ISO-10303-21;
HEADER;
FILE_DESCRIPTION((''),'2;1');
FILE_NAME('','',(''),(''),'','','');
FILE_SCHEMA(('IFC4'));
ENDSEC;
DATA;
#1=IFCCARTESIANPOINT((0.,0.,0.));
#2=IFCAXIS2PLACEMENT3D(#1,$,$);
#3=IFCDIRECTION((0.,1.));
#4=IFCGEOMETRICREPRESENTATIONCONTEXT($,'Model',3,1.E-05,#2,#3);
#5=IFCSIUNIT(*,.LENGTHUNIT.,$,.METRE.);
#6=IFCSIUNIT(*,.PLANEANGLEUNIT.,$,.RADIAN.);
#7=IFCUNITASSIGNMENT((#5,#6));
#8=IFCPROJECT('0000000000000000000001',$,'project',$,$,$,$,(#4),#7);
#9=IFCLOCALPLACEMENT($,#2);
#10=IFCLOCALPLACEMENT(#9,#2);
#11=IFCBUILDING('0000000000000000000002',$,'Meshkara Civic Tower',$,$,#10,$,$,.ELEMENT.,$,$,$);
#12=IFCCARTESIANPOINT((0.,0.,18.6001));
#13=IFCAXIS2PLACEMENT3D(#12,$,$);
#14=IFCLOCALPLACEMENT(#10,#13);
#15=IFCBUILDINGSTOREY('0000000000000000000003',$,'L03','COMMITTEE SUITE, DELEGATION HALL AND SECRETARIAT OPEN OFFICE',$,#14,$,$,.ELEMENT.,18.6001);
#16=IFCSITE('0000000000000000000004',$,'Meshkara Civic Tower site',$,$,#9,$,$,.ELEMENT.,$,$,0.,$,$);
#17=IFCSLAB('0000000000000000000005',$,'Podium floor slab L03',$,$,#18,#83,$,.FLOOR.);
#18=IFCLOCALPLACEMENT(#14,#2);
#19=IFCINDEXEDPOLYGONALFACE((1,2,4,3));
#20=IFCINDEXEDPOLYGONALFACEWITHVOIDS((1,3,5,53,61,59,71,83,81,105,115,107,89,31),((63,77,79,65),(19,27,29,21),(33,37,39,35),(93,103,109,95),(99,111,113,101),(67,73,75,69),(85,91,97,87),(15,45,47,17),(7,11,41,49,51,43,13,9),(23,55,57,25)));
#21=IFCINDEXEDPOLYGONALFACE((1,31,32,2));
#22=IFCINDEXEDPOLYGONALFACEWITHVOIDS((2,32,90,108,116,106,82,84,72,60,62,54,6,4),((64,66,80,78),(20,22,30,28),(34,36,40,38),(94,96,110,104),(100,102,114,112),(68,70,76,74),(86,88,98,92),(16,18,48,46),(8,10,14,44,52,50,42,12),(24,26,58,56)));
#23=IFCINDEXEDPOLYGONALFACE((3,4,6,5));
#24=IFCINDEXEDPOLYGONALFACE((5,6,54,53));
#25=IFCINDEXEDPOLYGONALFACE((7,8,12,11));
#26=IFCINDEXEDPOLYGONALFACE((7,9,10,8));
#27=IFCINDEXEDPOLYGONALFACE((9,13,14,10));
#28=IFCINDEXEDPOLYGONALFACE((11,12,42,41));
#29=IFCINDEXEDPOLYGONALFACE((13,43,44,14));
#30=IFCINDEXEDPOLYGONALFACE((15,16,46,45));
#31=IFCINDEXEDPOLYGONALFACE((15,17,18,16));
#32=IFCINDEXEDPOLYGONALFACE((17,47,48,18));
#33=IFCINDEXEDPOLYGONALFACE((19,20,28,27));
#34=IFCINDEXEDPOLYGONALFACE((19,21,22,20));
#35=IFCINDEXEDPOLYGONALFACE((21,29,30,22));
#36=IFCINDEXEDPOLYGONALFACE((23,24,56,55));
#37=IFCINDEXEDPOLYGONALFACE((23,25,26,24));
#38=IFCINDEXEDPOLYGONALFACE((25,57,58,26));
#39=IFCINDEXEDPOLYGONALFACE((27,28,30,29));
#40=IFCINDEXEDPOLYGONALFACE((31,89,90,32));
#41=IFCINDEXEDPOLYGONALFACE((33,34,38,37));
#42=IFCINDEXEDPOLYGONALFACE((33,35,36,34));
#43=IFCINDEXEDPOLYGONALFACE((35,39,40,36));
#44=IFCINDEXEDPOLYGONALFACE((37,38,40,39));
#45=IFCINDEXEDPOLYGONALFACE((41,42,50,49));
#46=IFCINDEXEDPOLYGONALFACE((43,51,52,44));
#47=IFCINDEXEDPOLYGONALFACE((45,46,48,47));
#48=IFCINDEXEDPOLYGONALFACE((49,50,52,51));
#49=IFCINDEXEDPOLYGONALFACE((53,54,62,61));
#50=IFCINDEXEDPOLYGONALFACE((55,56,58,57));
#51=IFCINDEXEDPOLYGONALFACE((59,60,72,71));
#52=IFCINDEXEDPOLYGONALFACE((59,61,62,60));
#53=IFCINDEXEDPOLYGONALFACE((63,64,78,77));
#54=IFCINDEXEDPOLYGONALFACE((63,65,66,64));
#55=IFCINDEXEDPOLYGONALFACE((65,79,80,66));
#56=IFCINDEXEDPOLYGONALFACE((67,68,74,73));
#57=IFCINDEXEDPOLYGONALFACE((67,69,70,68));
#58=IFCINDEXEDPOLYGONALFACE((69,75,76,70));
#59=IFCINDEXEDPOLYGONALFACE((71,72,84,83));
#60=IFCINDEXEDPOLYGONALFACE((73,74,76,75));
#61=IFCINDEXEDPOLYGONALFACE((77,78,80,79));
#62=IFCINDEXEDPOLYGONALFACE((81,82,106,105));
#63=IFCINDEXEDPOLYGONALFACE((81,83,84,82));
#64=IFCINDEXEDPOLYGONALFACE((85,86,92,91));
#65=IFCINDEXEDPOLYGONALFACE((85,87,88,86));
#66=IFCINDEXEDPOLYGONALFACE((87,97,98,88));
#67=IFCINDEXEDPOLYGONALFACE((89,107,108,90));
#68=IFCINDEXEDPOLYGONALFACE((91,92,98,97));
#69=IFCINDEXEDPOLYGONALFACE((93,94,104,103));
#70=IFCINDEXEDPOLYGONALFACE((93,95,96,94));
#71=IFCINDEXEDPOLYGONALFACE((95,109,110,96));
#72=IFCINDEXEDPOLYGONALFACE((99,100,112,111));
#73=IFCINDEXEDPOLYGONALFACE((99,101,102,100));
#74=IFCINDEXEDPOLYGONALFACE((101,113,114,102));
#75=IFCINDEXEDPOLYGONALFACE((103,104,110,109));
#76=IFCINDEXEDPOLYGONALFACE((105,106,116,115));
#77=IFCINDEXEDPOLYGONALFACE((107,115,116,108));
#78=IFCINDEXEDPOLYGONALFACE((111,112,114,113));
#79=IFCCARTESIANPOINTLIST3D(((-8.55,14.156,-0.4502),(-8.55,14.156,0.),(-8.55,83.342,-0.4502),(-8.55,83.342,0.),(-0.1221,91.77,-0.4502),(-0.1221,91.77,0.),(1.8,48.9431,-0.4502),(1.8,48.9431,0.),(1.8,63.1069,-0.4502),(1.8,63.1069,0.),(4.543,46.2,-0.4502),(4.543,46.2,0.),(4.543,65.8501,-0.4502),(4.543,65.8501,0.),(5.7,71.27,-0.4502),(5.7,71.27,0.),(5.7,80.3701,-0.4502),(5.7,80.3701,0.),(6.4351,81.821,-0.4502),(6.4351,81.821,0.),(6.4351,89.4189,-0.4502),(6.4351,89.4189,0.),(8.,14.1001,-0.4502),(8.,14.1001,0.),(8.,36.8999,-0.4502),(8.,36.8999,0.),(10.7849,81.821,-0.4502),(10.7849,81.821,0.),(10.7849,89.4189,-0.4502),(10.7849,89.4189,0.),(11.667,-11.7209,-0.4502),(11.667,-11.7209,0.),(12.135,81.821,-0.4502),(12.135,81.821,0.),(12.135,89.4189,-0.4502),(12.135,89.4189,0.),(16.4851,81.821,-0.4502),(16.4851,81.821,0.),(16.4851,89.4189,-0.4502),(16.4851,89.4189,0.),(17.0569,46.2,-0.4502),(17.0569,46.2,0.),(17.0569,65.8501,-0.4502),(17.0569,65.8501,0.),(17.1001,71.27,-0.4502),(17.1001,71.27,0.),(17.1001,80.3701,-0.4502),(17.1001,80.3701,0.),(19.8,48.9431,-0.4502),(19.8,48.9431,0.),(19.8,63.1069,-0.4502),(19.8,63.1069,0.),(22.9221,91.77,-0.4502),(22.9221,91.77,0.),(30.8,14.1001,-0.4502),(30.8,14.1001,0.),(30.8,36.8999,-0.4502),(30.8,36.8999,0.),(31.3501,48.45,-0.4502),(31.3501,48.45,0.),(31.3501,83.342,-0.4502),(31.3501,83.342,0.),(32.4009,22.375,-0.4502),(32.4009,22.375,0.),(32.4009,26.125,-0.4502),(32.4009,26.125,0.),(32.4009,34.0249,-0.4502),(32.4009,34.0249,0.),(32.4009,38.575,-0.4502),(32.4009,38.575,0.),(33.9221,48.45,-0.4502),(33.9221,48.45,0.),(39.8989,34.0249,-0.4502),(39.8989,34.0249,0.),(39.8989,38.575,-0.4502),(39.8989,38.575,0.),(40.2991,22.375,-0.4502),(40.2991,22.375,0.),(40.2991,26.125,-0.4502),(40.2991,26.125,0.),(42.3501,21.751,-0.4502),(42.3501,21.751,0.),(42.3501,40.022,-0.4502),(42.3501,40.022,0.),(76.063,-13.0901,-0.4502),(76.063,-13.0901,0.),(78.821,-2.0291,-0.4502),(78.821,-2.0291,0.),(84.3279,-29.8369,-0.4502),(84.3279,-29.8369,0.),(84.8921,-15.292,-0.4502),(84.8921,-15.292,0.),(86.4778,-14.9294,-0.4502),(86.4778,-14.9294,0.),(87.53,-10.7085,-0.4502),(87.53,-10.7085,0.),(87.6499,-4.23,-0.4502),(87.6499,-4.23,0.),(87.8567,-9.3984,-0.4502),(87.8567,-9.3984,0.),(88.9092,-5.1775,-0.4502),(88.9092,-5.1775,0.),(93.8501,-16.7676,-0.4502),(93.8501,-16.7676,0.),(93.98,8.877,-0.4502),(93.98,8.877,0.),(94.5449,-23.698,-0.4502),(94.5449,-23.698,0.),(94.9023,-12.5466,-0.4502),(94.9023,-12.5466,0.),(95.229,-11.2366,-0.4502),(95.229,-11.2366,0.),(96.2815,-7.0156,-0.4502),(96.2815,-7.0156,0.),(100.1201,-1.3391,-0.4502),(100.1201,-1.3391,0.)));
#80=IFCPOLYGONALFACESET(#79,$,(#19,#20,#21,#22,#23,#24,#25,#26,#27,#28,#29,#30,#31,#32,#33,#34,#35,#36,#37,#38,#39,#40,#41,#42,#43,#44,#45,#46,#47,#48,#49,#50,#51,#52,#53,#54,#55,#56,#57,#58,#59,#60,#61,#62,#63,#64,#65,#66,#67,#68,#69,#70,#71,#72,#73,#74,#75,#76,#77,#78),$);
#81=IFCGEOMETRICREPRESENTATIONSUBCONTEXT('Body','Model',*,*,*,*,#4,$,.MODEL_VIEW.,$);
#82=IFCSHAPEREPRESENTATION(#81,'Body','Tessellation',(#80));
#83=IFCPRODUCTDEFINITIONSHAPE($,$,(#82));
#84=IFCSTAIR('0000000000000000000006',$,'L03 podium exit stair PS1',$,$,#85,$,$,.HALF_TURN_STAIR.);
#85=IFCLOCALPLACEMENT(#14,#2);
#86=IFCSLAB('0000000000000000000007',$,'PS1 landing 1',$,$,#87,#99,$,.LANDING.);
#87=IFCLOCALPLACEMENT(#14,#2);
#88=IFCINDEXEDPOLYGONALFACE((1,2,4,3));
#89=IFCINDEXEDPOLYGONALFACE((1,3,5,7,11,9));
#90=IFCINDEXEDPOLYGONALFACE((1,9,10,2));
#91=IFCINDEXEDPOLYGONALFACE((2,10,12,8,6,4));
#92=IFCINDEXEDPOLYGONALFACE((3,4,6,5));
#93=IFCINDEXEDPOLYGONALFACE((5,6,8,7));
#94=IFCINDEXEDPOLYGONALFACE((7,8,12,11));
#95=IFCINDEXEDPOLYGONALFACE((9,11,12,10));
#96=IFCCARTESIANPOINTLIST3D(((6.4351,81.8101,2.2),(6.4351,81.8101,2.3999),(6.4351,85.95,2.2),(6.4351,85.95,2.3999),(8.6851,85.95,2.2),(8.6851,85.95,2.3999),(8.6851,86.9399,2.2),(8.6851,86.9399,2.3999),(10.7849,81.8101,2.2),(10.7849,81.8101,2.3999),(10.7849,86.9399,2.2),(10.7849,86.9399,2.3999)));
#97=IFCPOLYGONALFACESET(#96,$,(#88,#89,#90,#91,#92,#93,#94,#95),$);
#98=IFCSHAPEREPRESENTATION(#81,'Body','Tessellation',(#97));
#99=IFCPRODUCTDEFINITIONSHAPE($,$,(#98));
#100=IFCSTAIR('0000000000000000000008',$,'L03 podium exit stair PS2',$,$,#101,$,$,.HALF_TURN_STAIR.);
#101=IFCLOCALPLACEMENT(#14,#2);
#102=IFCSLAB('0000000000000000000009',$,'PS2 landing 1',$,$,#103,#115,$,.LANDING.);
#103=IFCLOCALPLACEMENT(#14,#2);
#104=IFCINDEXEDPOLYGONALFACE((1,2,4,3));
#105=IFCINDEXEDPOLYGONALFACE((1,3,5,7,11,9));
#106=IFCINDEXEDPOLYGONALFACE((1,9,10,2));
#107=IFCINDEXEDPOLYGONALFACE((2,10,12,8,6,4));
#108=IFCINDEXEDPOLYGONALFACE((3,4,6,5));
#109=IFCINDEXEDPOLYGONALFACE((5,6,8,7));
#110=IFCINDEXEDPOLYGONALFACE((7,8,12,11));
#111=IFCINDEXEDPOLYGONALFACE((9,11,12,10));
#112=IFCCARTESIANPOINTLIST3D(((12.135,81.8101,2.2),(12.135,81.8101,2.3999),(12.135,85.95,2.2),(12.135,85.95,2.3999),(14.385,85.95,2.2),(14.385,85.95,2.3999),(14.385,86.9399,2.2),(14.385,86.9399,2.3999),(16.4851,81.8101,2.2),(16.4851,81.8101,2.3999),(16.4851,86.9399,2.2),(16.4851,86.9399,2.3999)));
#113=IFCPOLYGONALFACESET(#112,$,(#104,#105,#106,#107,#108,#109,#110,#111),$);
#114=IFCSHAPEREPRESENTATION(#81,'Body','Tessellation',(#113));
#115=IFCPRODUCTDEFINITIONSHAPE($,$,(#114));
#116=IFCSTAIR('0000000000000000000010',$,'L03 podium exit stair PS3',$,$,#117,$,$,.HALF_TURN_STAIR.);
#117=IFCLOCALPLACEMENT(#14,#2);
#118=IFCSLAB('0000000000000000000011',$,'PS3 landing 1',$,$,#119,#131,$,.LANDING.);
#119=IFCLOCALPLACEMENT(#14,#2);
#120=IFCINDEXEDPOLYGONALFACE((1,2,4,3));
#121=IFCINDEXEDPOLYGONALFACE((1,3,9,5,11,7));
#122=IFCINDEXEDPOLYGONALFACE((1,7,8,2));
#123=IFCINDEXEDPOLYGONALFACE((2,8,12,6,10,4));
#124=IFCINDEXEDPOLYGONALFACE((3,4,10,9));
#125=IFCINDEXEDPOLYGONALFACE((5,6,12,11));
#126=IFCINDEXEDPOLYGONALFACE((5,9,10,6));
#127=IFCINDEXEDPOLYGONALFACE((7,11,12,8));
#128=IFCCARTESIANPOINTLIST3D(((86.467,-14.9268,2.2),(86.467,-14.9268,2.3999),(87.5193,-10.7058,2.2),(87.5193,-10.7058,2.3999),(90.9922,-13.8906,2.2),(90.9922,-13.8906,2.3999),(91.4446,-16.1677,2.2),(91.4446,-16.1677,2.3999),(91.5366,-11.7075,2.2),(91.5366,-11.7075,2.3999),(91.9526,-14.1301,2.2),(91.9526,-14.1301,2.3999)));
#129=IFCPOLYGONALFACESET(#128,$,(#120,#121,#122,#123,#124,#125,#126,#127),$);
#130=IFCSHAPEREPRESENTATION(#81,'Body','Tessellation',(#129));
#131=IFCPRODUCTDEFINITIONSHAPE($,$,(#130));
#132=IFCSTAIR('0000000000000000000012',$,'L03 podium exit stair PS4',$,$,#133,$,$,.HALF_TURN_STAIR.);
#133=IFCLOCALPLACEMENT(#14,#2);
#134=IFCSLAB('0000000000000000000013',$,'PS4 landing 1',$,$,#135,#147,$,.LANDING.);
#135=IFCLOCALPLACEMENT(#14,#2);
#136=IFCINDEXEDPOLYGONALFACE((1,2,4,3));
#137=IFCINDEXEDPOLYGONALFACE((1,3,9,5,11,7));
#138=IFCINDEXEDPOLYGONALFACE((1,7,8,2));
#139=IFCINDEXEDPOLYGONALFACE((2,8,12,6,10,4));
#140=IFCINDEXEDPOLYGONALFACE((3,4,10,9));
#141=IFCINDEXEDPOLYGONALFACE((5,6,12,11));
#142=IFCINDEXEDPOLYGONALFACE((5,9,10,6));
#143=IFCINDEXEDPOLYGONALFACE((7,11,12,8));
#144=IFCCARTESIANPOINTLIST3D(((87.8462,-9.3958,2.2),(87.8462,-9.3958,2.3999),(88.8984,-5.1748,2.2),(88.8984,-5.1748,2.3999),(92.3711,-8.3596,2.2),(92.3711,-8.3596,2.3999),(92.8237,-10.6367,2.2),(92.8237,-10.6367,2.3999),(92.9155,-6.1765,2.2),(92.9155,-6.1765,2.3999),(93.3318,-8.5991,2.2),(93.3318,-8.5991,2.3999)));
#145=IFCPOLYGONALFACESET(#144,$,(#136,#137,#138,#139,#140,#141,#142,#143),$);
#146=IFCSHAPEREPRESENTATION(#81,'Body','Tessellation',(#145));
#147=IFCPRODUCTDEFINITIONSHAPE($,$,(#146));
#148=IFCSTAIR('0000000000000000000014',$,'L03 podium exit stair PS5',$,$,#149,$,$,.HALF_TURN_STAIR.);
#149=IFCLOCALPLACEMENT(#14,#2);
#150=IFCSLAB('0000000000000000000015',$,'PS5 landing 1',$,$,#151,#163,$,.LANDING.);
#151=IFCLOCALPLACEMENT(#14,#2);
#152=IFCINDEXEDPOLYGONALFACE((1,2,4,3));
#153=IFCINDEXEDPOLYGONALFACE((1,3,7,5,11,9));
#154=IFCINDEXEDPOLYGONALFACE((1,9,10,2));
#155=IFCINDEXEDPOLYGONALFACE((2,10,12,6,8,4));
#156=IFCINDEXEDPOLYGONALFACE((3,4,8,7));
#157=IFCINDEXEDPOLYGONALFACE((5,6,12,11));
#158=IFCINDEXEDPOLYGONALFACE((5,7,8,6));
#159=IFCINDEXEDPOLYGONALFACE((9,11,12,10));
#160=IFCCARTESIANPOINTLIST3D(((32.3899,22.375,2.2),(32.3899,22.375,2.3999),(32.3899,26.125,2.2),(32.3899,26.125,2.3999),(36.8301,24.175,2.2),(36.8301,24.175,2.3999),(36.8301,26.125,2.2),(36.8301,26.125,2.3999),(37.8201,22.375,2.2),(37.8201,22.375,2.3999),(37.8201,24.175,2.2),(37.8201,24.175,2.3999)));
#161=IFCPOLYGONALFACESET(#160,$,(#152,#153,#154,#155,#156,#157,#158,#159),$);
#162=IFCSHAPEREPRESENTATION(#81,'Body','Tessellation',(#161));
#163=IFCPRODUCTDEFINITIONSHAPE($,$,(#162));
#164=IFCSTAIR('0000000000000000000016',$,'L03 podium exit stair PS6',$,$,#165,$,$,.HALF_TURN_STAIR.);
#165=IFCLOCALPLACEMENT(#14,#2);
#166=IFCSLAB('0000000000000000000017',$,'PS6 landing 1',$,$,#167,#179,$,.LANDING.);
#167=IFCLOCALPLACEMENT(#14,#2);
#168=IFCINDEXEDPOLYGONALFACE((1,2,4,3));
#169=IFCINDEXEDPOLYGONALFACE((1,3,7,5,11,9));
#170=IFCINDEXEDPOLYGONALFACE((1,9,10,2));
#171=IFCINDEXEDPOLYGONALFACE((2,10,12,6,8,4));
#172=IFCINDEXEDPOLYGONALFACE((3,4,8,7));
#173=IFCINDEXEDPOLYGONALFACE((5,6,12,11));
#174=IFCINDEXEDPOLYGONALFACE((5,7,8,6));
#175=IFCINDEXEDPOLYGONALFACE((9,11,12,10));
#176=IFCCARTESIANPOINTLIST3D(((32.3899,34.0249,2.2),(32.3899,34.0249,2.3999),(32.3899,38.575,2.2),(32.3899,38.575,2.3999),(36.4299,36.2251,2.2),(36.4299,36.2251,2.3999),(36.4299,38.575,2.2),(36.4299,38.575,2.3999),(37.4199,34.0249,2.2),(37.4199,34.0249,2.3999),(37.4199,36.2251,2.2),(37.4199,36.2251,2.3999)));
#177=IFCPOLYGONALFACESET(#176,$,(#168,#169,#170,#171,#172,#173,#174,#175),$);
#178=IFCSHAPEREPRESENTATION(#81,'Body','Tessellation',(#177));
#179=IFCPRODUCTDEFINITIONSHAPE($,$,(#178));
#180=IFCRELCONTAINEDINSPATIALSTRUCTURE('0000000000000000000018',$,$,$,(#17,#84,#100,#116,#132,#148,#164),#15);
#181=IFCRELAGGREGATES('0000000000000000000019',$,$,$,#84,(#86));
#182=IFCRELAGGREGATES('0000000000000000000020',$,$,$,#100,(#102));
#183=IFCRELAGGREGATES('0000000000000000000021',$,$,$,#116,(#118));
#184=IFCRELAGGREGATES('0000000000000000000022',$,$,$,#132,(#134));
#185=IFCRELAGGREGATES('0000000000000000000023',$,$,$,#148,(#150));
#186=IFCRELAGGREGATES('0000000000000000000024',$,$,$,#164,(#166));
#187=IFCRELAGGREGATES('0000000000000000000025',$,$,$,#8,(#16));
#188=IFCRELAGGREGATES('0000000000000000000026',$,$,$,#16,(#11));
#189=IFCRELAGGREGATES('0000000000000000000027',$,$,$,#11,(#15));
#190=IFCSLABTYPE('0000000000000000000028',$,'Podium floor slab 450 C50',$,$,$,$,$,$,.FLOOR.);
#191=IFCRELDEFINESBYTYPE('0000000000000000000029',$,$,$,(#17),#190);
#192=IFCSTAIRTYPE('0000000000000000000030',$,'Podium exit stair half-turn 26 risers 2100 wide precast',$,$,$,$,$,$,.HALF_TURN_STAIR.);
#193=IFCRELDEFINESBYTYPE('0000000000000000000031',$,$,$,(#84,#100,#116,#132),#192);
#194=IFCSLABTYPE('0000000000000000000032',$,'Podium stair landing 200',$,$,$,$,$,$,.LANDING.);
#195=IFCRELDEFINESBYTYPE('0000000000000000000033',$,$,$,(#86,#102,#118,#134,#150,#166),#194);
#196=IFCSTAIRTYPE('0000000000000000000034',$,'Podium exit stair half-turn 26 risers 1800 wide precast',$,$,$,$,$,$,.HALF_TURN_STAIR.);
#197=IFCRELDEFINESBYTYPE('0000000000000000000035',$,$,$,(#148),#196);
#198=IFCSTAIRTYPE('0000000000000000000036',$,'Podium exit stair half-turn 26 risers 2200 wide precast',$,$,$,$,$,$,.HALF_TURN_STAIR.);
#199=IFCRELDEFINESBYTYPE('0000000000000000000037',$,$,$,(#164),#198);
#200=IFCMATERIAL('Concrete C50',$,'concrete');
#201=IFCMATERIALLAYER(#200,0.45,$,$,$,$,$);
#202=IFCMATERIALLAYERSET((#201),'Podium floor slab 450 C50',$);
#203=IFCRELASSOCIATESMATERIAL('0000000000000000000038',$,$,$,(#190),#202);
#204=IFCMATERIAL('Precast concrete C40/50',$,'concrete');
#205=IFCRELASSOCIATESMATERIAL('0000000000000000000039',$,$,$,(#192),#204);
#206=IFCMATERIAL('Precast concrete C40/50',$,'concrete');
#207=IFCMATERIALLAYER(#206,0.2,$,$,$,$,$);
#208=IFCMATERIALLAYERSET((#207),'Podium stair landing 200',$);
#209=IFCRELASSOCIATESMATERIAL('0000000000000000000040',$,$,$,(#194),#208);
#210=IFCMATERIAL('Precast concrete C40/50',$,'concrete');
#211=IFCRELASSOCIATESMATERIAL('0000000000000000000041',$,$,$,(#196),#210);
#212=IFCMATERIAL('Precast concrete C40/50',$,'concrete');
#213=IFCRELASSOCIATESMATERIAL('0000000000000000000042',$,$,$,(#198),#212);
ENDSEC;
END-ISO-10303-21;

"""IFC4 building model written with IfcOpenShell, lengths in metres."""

from ifc_helpers import new_model, si_unit, direction, frame, origin, place, context, subcontext, project, spatial, polyline, outline, extrude, material, layer, layer_set, type_object, element, aggregate, save


model = new_model("IFC4")

# Units and contexts
model_context = context("Model", 3, precision=1e-05, world=origin(), true_north=direction((0.0, 1.0)))
body_context = subcontext(model_context, "Body", "Model", "MODEL_VIEW")
ifc_project = project(units=[si_unit("LENGTHUNIT", "METRE"), si_unit("PLANEANGLEUNIT", "RADIAN")], contexts=[model_context])

# Site, building, storey
site_placement = place(None, origin())
site = spatial("IfcSite", under=ifc_project, at=site_placement, Name="Meshkara Civic Tower site", CompositionType="ELEMENT", RefElevation=0.0)
building_placement = place(site_placement, origin())
building = spatial("IfcBuilding", under=site, at=building_placement, Name="Meshkara Civic Tower", CompositionType="ELEMENT")
storey_placement = place(building_placement, frame((0.0, 0.0, 18.6001)))
storey = spatial("IfcBuildingStorey", under=building, at=storey_placement, Name="L03", Description="COMMITTEE SUITE, DELEGATION HALL AND SECRETARIAT OPEN OFFICE", CompositionType="ELEMENT", Elevation=18.6001)

# Slab
ifc_material_1 = material(Name="Concrete C50", Category="concrete")
ifc_layer_1 = layer(ifc_material_1, 0.45)
ifc_layer_set_1 = layer_set([ifc_layer_1], Name="Podium floor slab 450 C50")
slab_type_1 = type_object("IfcSlabType", Name="Podium floor slab 450 C50", PredefinedType="FLOOR", material=ifc_layer_set_1)
slab_1_placement = place(storey_placement, frame((0.0, 0.0, -0.4502)))
element("IfcSlab", 1, at=slab_1_placement, inside=storey, type_object=slab_type_1, Name="Podium floor slab L03", PredefinedType="FLOOR", context=body_context, shape_type="SweptSolid", body=[
    extrude(outline(polyline([(33.9221, 48.45), (42.3501, 40.022), (42.3501, 21.751), (93.98, 8.877), (100.1201, -1.3391), (94.5449, -23.698), (84.3279, -29.8369), (11.667, -11.7209), (-8.55, 14.156), (-8.55, 83.342), (-0.1221, 91.77), (22.9221, 91.77), (31.3501, 83.342), (31.3501, 48.45), (33.9221, 48.45)]), holes=[polyline([(30.8, 14.1001), (30.8, 36.8999), (8.0, 36.8999), (8.0, 14.1001), (30.8, 14.1001)]), polyline([(1.8, 48.9431), (4.543, 46.2), (17.0569, 46.2), (19.8, 48.9431), (19.8, 63.1069), (17.0569, 65.8501), (4.543, 65.8501), (1.8, 63.1069), (1.8, 48.9431)]), polyline([(5.7, 80.3701), (5.7, 71.27), (17.1001, 71.27), (17.1001, 80.3701), (5.7, 80.3701)]), polyline([(10.7849, 81.821), (10.7849, 89.4189), (6.4351, 89.4189), (6.4351, 81.821), (10.7849, 81.821)]), polyline([(16.4851, 89.4189), (12.135, 89.4189), (12.135, 81.821), (16.4851, 81.821), (16.4851, 89.4189)]), polyline([(86.4778, -14.9294), (93.8501, -16.7676), (94.9023, -12.5466), (87.53, -10.7085), (86.4778, -14.9294)]), polyline([(87.6499, -4.23), (78.821, -2.0291), (76.063, -13.0901), (84.8921, -15.292), (87.6499, -4.23)]), polyline([(87.8567, -9.3984), (95.229, -11.2366), (96.2815, -7.0156), (88.9092, -5.1775), (87.8567, -9.3984)]), polyline([(32.4009, 22.375), (40.2991, 22.375), (40.2991, 26.125), (32.4009, 26.125), (32.4009, 22.375)]), polyline([(32.4009, 34.0249), (39.8989, 34.0249), (39.8989, 38.575), (32.4009, 38.575), (32.4009, 34.0249)])]), origin(), (0.0, 0.0, 1.0), 0.4502),
])

# Stairs, slabs
ifc_material_2 = material(Name="Precast concrete C40/50", Category="concrete")
stair_type_1 = type_object("IfcStairType", Name="Podium exit stair half-turn 26 risers 2100 wide precast", PredefinedType="HALF_TURN_STAIR", material=ifc_material_2)
stair_1_placement = place(storey_placement, origin())
stair_1 = element("IfcStair", 2, at=stair_1_placement, inside=storey, type_object=stair_type_1, Name="L03 podium exit stair PS1", PredefinedType="HALF_TURN_STAIR")
ifc_material_3 = material(Name="Precast concrete C40/50", Category="concrete")
ifc_layer_2 = layer(ifc_material_3, 0.2)
ifc_layer_set_2 = layer_set([ifc_layer_2], Name="Podium stair landing 200")
slab_type_2 = type_object("IfcSlabType", Name="Podium stair landing 200", PredefinedType="LANDING", material=ifc_layer_set_2)
slab_2_placement = place(storey_placement, frame((0.0, 0.0, 2.2)))
slab_2 = element("IfcSlab", 3, at=slab_2_placement, type_object=slab_type_2, Name="PS1 landing 1", PredefinedType="LANDING", context=body_context, shape_type="SweptSolid", body=[
    extrude(outline(polyline([(10.7849, 81.8101), (6.4351, 81.8101), (6.4351, 85.95), (8.6851, 85.95), (8.6851, 86.9399), (10.7849, 86.9399), (10.7849, 81.8101)])), origin(), (0.0, 0.0, 1.0), 0.2),
])
aggregate(stair_1, [slab_2])
stair_2_placement = place(storey_placement, origin())
stair_2 = element("IfcStair", 4, at=stair_2_placement, inside=storey, type_object=stair_type_1, Name="L03 podium exit stair PS2", PredefinedType="HALF_TURN_STAIR")
slab_3_placement = place(storey_placement, frame((0.0, 0.0, 2.2)))
slab_3 = element("IfcSlab", 5, at=slab_3_placement, type_object=slab_type_2, Name="PS2 landing 1", PredefinedType="LANDING", context=body_context, shape_type="SweptSolid", body=[
    extrude(outline(polyline([(16.4851, 81.8101), (12.135, 81.8101), (12.135, 85.95), (14.385, 85.95), (14.385, 86.9399), (16.4851, 86.9399), (16.4851, 81.8101)])), origin(), (0.0, 0.0, 1.0), 0.2),
])
aggregate(stair_2, [slab_3])
stair_3_placement = place(storey_placement, origin())
stair_3 = element("IfcStair", 6, at=stair_3_placement, inside=storey, type_object=stair_type_1, Name="L03 podium exit stair PS3", PredefinedType="HALF_TURN_STAIR")
slab_4_placement = place(storey_placement, frame((0.0, 0.0, 2.2)))
slab_4 = element("IfcSlab", 7, at=slab_4_placement, type_object=slab_type_2, Name="PS3 landing 1", PredefinedType="LANDING", context=body_context, shape_type="SweptSolid", body=[
    extrude(outline(polyline([(91.9526, -14.1301), (91.4446, -16.1677), (86.467, -14.9268), (87.5193, -10.7058), (91.5366, -11.7075), (90.9922, -13.8906), (91.9526, -14.1301)])), origin(), (0.0, 0.0, 1.0), 0.2),
])
aggregate(stair_3, [slab_4])
stair_4_placement = place(storey_placement, origin())
stair_4 = element("IfcStair", 8, at=stair_4_placement, inside=storey, type_object=stair_type_1, Name="L03 podium exit stair PS4", PredefinedType="HALF_TURN_STAIR")
slab_5_placement = place(storey_placement, frame((0.0, 0.0, 2.2)))
slab_5 = element("IfcSlab", 9, at=slab_5_placement, type_object=slab_type_2, Name="PS4 landing 1", PredefinedType="LANDING", context=body_context, shape_type="SweptSolid", body=[
    extrude(outline(polyline([(93.3318, -8.5991), (92.8237, -10.6367), (87.8462, -9.3958), (88.8984, -5.1748), (92.9155, -6.1765), (92.3711, -8.3596), (93.3318, -8.5991)])), origin(), (0.0, 0.0, 1.0), 0.2),
])
aggregate(stair_4, [slab_5])
ifc_material_4 = material(Name="Precast concrete C40/50", Category="concrete")
stair_type_2 = type_object("IfcStairType", Name="Podium exit stair half-turn 26 risers 1800 wide precast", PredefinedType="HALF_TURN_STAIR", material=ifc_material_4)
stair_5_placement = place(storey_placement, origin())
stair_5 = element("IfcStair", 10, at=stair_5_placement, inside=storey, type_object=stair_type_2, Name="L03 podium exit stair PS5", PredefinedType="HALF_TURN_STAIR")
slab_6_placement = place(storey_placement, frame((0.0, 0.0, 2.2)))
slab_6 = element("IfcSlab", 11, at=slab_6_placement, type_object=slab_type_2, Name="PS5 landing 1", PredefinedType="LANDING", context=body_context, shape_type="SweptSolid", body=[
    extrude(outline(polyline([(37.8201, 24.175), (37.8201, 22.375), (32.3899, 22.375), (32.3899, 26.125), (36.8301, 26.125), (36.8301, 24.175), (37.8201, 24.175)])), origin(), (0.0, 0.0, 1.0), 0.2),
])
aggregate(stair_5, [slab_6])
ifc_material_5 = material(Name="Precast concrete C40/50", Category="concrete")
stair_type_3 = type_object("IfcStairType", Name="Podium exit stair half-turn 26 risers 2200 wide precast", PredefinedType="HALF_TURN_STAIR", material=ifc_material_5)
stair_6_placement = place(storey_placement, origin())
stair_6 = element("IfcStair", 12, at=stair_6_placement, inside=storey, type_object=stair_type_3, Name="L03 podium exit stair PS6", PredefinedType="HALF_TURN_STAIR")
slab_7_placement = place(storey_placement, frame((0.0, 0.0, 2.2)))
slab_7 = element("IfcSlab", 13, at=slab_7_placement, type_object=slab_type_2, Name="PS6 landing 1", PredefinedType="LANDING", context=body_context, shape_type="SweptSolid", body=[
    extrude(outline(polyline([(37.4199, 36.2251), (37.4199, 34.0249), (32.3899, 34.0249), (32.3899, 38.575), (36.4299, 38.575), (36.4299, 36.2251), (37.4199, 36.2251)])), origin(), (0.0, 0.0, 1.0), 0.2),
])
aggregate(stair_6, [slab_7])

save(model, "model.ifc")
